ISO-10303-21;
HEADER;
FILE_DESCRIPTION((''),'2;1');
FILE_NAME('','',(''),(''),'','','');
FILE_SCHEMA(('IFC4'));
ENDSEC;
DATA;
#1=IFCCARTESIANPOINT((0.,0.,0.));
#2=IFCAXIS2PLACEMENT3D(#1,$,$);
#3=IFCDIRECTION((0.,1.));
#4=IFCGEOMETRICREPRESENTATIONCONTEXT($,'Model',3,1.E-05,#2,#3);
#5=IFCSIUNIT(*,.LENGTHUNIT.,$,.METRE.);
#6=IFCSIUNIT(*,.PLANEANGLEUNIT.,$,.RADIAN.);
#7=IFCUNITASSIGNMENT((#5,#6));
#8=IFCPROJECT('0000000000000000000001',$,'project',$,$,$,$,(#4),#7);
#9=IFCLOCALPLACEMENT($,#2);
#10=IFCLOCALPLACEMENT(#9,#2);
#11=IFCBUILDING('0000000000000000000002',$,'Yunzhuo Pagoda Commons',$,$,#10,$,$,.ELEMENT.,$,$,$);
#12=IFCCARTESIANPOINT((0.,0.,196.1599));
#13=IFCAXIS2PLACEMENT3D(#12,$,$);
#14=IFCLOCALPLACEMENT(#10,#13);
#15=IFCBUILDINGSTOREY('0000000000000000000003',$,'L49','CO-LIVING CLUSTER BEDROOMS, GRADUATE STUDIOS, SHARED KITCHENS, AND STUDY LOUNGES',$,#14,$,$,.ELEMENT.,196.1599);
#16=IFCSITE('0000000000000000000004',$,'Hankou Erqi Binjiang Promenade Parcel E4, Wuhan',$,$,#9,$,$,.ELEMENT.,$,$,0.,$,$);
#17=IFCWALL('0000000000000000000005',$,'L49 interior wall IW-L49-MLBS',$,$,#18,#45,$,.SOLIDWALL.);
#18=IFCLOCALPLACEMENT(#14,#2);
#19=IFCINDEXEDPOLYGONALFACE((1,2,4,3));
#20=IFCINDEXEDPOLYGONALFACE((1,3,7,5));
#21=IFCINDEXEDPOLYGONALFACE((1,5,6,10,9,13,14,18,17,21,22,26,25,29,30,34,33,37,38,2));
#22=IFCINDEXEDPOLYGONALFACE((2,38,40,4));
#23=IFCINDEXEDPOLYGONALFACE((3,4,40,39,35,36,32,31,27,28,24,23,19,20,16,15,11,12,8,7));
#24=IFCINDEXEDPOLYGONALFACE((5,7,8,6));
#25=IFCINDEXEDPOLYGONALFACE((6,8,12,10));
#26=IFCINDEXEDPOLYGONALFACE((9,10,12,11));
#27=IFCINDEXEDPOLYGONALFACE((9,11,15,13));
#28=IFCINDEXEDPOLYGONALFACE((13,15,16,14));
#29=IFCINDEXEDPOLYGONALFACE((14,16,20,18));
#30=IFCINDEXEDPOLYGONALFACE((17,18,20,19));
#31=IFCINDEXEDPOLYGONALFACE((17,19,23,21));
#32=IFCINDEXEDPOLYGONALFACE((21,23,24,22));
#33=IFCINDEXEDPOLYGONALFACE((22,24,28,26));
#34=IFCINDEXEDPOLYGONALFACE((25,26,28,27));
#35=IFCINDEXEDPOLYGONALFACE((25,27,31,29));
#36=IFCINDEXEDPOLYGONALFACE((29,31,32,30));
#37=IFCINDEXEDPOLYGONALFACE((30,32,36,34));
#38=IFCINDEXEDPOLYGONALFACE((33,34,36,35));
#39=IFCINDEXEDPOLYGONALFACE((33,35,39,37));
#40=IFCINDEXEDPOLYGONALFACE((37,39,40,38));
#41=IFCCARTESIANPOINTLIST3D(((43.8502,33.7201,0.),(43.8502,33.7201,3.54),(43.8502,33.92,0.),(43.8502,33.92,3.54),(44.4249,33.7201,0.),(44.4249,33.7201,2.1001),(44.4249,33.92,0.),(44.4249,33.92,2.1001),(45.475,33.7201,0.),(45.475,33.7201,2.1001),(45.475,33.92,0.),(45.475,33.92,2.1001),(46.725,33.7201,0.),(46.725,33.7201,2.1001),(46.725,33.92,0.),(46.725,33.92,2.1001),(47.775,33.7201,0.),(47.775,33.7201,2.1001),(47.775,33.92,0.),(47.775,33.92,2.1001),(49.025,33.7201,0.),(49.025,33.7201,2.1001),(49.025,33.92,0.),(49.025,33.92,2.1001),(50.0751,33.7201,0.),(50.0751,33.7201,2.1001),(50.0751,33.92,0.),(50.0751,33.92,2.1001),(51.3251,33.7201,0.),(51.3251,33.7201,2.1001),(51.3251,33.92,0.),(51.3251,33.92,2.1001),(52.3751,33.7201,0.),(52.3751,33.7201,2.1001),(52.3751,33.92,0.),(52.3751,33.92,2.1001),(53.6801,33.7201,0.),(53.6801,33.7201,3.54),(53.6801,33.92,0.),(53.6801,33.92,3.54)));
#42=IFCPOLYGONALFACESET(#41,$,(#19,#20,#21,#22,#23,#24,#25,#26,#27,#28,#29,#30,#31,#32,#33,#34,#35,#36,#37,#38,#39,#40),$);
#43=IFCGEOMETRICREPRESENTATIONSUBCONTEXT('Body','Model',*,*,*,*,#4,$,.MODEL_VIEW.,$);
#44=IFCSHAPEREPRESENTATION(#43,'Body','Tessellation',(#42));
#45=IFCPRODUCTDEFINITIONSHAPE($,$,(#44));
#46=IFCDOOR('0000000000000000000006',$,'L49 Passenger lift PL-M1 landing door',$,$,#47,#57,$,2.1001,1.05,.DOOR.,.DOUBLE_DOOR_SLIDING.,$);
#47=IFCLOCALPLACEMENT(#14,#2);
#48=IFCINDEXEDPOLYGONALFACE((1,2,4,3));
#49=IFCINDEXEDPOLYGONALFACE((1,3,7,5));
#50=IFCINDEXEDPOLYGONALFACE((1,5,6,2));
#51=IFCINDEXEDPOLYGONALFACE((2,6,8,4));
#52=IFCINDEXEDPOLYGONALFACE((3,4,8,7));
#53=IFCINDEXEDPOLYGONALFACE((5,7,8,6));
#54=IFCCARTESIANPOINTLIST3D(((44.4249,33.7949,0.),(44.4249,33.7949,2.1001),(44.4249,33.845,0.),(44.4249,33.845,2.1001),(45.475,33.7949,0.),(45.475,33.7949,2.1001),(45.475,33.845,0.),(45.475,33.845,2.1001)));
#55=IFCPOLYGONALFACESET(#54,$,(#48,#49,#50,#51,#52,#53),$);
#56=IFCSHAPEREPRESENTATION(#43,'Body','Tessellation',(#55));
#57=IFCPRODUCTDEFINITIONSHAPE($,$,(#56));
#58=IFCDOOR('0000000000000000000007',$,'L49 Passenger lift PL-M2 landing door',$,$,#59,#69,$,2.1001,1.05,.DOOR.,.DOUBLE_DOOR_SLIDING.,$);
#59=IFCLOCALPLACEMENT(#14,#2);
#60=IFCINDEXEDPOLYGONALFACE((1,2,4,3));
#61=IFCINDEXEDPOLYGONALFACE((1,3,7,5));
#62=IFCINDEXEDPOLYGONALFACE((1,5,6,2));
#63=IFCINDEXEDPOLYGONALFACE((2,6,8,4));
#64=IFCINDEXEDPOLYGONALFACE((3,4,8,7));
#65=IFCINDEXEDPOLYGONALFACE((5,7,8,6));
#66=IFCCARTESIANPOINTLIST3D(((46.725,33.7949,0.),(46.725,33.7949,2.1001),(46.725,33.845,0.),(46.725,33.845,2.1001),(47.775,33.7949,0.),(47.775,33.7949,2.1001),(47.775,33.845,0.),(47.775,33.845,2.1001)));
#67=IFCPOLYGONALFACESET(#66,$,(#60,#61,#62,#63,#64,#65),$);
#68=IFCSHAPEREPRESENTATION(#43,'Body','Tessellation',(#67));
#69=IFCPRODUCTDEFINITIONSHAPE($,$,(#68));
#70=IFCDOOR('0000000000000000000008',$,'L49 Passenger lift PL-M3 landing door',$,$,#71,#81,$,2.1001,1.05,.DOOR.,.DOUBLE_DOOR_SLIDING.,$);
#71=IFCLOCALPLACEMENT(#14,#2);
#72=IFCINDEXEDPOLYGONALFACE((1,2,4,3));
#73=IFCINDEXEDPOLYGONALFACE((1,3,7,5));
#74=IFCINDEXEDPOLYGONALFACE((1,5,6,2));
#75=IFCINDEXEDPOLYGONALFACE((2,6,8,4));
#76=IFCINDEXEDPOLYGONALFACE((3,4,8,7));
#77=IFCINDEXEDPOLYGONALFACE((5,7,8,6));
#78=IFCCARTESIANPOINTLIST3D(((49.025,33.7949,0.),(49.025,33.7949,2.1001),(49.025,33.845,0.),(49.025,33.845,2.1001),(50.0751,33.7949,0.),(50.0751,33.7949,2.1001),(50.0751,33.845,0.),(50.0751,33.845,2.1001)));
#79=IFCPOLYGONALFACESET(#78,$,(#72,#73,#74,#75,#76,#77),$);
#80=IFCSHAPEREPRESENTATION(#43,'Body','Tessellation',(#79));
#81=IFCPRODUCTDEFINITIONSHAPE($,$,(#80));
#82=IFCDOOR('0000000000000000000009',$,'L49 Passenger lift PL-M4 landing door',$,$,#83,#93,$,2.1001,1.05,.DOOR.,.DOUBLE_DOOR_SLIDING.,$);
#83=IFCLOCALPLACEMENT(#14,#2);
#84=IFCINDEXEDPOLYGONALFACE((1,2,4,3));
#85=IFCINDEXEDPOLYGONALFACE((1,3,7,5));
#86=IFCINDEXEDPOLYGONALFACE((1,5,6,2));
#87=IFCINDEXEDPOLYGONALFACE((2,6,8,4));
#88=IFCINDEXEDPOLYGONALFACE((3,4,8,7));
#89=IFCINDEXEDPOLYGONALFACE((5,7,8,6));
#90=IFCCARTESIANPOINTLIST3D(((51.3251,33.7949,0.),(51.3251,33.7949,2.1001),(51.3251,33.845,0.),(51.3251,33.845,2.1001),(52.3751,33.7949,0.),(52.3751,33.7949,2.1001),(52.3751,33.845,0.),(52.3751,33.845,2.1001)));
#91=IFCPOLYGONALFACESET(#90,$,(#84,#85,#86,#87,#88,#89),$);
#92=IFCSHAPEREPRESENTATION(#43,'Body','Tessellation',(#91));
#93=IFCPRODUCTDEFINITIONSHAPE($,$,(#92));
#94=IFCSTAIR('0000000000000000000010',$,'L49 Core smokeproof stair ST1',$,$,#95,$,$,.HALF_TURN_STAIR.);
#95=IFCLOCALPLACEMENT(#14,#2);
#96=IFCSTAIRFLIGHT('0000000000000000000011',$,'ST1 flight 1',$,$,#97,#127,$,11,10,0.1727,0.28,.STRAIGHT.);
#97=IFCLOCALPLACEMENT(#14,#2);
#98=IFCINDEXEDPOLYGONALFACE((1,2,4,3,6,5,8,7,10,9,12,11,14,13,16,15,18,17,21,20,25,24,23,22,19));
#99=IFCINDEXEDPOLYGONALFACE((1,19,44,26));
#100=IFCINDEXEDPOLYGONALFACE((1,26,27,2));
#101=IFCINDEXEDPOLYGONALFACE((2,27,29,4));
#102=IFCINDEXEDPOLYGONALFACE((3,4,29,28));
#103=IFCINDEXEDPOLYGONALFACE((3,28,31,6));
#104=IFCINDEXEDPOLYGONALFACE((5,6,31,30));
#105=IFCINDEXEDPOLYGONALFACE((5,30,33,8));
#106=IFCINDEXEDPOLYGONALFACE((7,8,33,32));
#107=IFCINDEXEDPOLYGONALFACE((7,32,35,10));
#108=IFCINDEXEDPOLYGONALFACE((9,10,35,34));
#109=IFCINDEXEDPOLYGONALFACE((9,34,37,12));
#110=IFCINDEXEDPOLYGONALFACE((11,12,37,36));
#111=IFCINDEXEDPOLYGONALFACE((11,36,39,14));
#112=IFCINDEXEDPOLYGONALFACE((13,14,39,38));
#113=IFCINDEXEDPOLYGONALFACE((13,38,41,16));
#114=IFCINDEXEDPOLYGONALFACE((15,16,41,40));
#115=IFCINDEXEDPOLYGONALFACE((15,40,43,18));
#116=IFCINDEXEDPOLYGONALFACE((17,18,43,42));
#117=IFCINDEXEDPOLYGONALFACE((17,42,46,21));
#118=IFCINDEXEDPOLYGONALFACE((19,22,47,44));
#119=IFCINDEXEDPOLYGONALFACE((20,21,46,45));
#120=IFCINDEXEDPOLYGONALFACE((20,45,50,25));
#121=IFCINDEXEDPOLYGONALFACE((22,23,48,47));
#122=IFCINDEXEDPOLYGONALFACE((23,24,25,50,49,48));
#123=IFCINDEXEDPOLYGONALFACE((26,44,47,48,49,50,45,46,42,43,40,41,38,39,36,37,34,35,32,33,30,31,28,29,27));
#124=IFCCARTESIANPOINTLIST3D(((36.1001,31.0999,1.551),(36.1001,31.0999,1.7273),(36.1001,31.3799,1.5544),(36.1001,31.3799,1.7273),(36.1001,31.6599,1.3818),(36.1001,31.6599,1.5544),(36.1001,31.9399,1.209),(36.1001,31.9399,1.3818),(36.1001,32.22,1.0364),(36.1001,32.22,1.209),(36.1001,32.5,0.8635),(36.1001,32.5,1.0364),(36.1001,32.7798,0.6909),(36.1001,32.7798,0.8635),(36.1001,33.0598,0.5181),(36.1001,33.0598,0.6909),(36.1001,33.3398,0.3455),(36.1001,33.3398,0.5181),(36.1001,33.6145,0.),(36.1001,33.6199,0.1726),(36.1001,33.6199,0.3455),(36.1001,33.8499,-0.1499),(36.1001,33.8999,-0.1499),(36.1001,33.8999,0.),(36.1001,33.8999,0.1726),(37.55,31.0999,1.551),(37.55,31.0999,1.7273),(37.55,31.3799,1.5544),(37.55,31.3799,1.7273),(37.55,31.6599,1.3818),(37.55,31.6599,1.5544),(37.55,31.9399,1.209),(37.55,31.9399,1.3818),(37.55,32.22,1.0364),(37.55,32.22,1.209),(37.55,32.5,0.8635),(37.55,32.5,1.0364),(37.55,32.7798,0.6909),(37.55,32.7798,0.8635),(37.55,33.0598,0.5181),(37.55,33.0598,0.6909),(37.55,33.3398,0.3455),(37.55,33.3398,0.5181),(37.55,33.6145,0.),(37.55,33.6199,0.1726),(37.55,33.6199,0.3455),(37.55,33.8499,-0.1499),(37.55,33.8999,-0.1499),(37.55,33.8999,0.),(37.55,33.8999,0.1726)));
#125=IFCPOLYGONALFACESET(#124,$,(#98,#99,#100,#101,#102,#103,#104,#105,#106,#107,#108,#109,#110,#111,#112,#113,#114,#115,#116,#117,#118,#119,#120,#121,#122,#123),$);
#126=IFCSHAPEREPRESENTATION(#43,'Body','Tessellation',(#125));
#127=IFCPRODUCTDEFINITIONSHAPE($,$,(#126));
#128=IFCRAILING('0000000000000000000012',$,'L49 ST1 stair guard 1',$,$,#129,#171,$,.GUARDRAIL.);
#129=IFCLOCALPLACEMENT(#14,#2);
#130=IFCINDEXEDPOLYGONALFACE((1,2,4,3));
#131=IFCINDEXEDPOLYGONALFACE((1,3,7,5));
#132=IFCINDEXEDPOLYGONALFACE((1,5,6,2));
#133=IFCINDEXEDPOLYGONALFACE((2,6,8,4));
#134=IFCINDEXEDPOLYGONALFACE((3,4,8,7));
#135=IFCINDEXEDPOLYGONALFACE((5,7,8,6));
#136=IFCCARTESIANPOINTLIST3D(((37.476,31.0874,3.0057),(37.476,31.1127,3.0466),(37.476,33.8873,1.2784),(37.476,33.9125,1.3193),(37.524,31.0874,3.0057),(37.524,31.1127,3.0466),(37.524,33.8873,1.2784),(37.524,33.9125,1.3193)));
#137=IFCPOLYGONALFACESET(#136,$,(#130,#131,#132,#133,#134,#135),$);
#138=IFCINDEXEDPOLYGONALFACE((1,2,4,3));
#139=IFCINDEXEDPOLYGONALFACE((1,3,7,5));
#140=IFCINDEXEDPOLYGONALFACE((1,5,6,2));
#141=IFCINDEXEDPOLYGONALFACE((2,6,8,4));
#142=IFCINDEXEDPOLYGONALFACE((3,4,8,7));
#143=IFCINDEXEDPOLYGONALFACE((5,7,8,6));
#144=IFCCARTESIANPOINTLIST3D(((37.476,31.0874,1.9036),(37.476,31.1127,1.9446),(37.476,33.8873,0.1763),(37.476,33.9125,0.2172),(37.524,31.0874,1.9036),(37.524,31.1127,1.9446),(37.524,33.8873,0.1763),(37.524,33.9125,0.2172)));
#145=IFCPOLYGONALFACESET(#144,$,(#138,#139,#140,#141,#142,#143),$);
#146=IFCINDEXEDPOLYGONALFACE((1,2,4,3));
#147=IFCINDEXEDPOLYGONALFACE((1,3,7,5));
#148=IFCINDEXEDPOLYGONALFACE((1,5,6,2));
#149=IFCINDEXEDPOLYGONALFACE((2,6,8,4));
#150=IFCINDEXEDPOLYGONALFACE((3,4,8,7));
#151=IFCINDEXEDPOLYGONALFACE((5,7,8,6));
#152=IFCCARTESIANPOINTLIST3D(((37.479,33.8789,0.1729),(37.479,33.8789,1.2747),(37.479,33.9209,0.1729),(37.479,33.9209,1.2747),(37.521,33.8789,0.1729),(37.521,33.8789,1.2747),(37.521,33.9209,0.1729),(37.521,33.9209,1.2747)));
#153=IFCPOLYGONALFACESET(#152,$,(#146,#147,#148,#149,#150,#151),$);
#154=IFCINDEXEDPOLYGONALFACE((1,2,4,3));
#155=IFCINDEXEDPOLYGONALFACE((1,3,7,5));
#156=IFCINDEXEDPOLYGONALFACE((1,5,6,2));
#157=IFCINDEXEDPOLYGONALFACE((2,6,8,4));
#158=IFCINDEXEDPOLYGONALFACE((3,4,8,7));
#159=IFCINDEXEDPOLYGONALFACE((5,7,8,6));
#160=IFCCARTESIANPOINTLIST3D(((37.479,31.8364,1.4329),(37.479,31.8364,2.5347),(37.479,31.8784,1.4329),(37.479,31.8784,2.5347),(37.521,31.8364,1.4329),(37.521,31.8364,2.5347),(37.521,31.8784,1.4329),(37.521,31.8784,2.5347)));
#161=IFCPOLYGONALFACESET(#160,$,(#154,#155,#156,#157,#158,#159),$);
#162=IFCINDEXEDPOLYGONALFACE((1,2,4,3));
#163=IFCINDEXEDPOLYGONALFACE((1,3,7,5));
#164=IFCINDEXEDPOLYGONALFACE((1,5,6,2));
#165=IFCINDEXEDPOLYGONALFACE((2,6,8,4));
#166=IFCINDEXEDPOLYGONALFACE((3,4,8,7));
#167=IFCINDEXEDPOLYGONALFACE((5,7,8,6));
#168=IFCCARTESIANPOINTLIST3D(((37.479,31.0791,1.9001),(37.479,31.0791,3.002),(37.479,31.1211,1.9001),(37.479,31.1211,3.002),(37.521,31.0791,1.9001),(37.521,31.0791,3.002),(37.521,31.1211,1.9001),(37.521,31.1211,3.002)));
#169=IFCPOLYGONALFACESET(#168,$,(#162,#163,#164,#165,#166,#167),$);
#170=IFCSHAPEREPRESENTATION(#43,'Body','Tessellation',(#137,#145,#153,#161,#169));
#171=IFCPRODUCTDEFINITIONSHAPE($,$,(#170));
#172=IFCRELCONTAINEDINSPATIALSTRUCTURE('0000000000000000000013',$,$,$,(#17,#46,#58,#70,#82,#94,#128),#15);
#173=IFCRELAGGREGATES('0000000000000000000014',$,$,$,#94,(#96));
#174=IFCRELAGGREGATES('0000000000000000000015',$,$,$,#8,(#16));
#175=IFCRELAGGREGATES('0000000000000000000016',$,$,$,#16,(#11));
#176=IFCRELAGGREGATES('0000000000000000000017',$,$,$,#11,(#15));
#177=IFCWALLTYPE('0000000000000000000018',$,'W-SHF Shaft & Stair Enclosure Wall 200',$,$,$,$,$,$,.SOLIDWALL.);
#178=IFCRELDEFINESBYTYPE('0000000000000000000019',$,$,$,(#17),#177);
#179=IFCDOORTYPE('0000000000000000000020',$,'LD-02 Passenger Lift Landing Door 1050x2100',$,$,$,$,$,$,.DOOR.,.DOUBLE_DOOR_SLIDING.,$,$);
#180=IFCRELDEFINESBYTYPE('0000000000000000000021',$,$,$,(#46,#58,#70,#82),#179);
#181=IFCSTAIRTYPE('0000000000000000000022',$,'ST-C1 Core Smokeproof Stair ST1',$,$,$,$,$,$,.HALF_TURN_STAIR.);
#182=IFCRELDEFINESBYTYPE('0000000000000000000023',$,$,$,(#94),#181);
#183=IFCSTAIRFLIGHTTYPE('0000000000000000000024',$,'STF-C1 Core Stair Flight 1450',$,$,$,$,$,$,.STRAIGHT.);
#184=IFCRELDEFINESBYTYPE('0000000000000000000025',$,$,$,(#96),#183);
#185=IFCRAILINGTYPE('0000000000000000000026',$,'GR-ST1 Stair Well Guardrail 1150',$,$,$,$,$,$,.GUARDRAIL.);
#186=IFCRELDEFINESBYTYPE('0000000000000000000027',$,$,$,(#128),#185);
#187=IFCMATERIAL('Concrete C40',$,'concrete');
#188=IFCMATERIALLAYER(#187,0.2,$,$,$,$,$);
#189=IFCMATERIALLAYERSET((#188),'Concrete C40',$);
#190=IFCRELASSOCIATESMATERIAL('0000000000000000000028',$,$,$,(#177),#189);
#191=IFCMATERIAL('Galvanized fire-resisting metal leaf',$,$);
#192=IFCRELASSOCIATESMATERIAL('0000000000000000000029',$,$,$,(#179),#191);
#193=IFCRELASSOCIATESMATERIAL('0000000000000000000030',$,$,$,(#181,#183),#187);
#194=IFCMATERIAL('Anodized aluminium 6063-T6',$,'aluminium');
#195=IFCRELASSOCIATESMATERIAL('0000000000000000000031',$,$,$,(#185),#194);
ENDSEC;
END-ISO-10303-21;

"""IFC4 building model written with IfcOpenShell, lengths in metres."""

from ifc_helpers import new_model, si_unit, direction, frame, frame_2d, origin, origin_with_axes, origin_2d, place, context, subcontext, project, spatial, polyline, rectangle, outline, extrude, source, transform, mapped, material, layer, layer_set, type_object, element, fill, aggregate, save


model = new_model("IFC4")

# Units and contexts
model_context = context("Model", 3, precision=1e-05, world=origin(), true_north=direction((0.0, 1.0)))
body_context = subcontext(model_context, "Body", "Model", "MODEL_VIEW")
ifc_project = project(units=[si_unit("LENGTHUNIT", "METRE"), si_unit("PLANEANGLEUNIT", "RADIAN")], contexts=[model_context])

# Site, building, storey
site_placement = place(None, origin())
site = spatial("IfcSite", under=ifc_project, at=site_placement, Name="Hankou Erqi Binjiang Promenade Parcel E4, Wuhan", CompositionType="ELEMENT", RefElevation=0.0)
building_placement = place(site_placement, origin())
building = spatial("IfcBuilding", under=site, at=building_placement, Name="Yunzhuo Pagoda Commons", CompositionType="ELEMENT")
storey_placement = place(building_placement, frame((0.0, 0.0, 196.1599)))
storey = spatial("IfcBuildingStorey", under=building, at=storey_placement, Name="L49", Description="CO-LIVING CLUSTER BEDROOMS, GRADUATE STUDIOS, SHARED KITCHENS, AND STUDY LOUNGES", CompositionType="ELEMENT", Elevation=196.1599)

# Shared definitions
ifc_material_1 = material(Name="Galvanized fire-resisting metal leaf")
shared_shape_1 = source(origin(), body_context, "Body", "SweptSolid", [
    extrude(rectangle(XDim=1.05, YDim=2.1001, at=frame_2d((0.5249, 1.05))), frame((0.0, 0.0249, 0.0), z_axis=(0.0, -1.0, 0.0), x_axis=(1.0, 0.0, 0.0)), (0.0, 0.0, 1.0), 0.05),
])
ifc_material_2 = material(Name="Concrete C40", Category="concrete")
ifc_layer_1 = layer(ifc_material_2, 0.2)
ifc_layer_set_1 = layer_set([ifc_layer_1], Name="Concrete C40")
wall_type_1 = type_object("IfcWallType", Name="W-SHF Shaft & Stair Enclosure Wall 200", PredefinedType="SOLIDWALL", material=ifc_layer_set_1)
door_type_1 = type_object("IfcDoorType", Name="LD-02 Passenger Lift Landing Door 1050x2100", OperationType="DOUBLE_DOOR_SLIDING", PredefinedType="DOOR", material=ifc_material_1)

# Wall, openings, doors
wall_1_placement = place(storey_placement, frame((43.8501, 33.8201, 0.0), z_axis=(0.0, 0.0, 1.0), x_axis=(1.0, 0.0, 0.0)))
wall_1 = element("IfcWall", 1, at=wall_1_placement, inside=storey, type_object=wall_type_1, Name="L49 interior wall IW-L49-MLBS", PredefinedType="SOLIDWALL", context=body_context, shape_type="SweptSolid", body=[
    extrude(rectangle(XDim=9.8298, YDim=0.2, at=frame_2d((4.915, 0.0))), origin(), (0.0, 0.0, 1.0), 3.54),
])
opening_1_placement = place(wall_1_placement, frame((0.575, 0.0, 0.0)))
opening_1 = element("IfcOpeningElement", 2, at=opening_1_placement, cuts=wall_1, PredefinedType="OPENING", context=body_context, shape_type="SweptSolid", body=[
    extrude(rectangle(XDim=1.05, YDim=2.1001, at=frame_2d((0.5249, 1.05))), frame((0.0, 0.1099, 0.0), z_axis=(0.0, -1.0, 0.0), x_axis=(1.0, 0.0, 0.0)), (0.0, 0.0, 1.0), 0.22),
])
opening_2_placement = place(wall_1_placement, frame((2.875, 0.0, 0.0)))
opening_2 = element("IfcOpeningElement", 3, at=opening_2_placement, cuts=wall_1, PredefinedType="OPENING", context=body_context, shape_type="SweptSolid", body=[
    extrude(rectangle(XDim=1.05, YDim=2.1001, at=frame_2d((0.5249, 1.05))), frame((0.0, 0.1099, 0.0), z_axis=(0.0, -1.0, 0.0), x_axis=(1.0, 0.0, 0.0)), (0.0, 0.0, 1.0), 0.22),
])
opening_3_placement = place(wall_1_placement, frame((5.175, 0.0, 0.0)))
opening_3 = element("IfcOpeningElement", 4, at=opening_3_placement, cuts=wall_1, PredefinedType="OPENING", context=body_context, shape_type="SweptSolid", body=[
    extrude(rectangle(XDim=1.05, YDim=2.1001, at=frame_2d((0.5249, 1.05))), frame((0.0, 0.1099, 0.0), z_axis=(0.0, -1.0, 0.0), x_axis=(1.0, 0.0, 0.0)), (0.0, 0.0, 1.0), 0.22),
])
opening_4_placement = place(wall_1_placement, frame((7.4751, 0.0, 0.0)))
opening_4 = element("IfcOpeningElement", 5, at=opening_4_placement, cuts=wall_1, PredefinedType="OPENING", context=body_context, shape_type="SweptSolid", body=[
    extrude(rectangle(XDim=1.05, YDim=2.1001, at=frame_2d((0.5249, 1.05))), frame((0.0, 0.1099, 0.0), z_axis=(0.0, -1.0, 0.0), x_axis=(1.0, 0.0, 0.0)), (0.0, 0.0, 1.0), 0.22),
])
door_1_placement = place(opening_1_placement, origin_with_axes())
door_1 = element("IfcDoor", 6, at=door_1_placement, inside=storey, type_object=door_type_1, Name="L49 Passenger lift PL-M1 landing door", OperationType="DOUBLE_DOOR_SLIDING", OverallHeight=2.1001, OverallWidth=1.05, PredefinedType="DOOR", context=body_context, shape_type="MappedRepresentation", body=[
    mapped(shared_shape_1, transform((0.0, 0.0, 0.0), scale=1.0)),
])
fill(opening_1, door_1)
door_2_placement = place(opening_2_placement, origin_with_axes())
door_2 = element("IfcDoor", 7, at=door_2_placement, inside=storey, type_object=door_type_1, Name="L49 Passenger lift PL-M2 landing door", OperationType="DOUBLE_DOOR_SLIDING", OverallHeight=2.1001, OverallWidth=1.05, PredefinedType="DOOR", context=body_context, shape_type="MappedRepresentation", body=[
    mapped(shared_shape_1, transform((0.0, 0.0, 0.0), scale=1.0)),
])
fill(opening_2, door_2)
door_3_placement = place(opening_3_placement, origin_with_axes())
door_3 = element("IfcDoor", 8, at=door_3_placement, inside=storey, type_object=door_type_1, Name="L49 Passenger lift PL-M3 landing door", OperationType="DOUBLE_DOOR_SLIDING", OverallHeight=2.1001, OverallWidth=1.05, PredefinedType="DOOR", context=body_context, shape_type="MappedRepresentation", body=[
    mapped(shared_shape_1, transform((0.0, 0.0, 0.0), scale=1.0)),
])
fill(opening_3, door_3)
door_4_placement = place(opening_4_placement, origin_with_axes())
door_4 = element("IfcDoor", 9, at=door_4_placement, inside=storey, type_object=door_type_1, Name="L49 Passenger lift PL-M4 landing door", OperationType="DOUBLE_DOOR_SLIDING", OverallHeight=2.1001, OverallWidth=1.05, PredefinedType="DOOR", context=body_context, shape_type="MappedRepresentation", body=[
    mapped(shared_shape_1, transform((0.0, 0.0, 0.0), scale=1.0)),
])
fill(opening_4, door_4)

# Stair, stair flight
stair_type = type_object("IfcStairType", Name="ST-C1 Core Smokeproof Stair ST1", PredefinedType="HALF_TURN_STAIR", material=ifc_material_2)
stair_placement = place(storey_placement, origin())
stair = element("IfcStair", 10, at=stair_placement, inside=storey, type_object=stair_type, Name="L49 Core smokeproof stair ST1", PredefinedType="HALF_TURN_STAIR")
stair_flight_type = type_object("IfcStairFlightType", Name="STF-C1 Core Stair Flight 1450", PredefinedType="STRAIGHT", material=ifc_material_2)
shared_shape_2 = source(origin(), body_context, "Body", "SweptSolid", [
    extrude(outline(polyline([(0.0, -0.1499), (0.0, 0.0), (0.0, 0.1726), (0.28, 0.1726), (0.28, 0.3455), (0.5601, 0.3455), (0.5601, 0.5181), (0.8401, 0.5181), (0.8401, 0.6909), (1.1201, 0.6909), (1.1201, 0.8635), (1.3999, 0.8635), (1.3999, 1.0364), (1.6799, 1.0364), (1.6799, 1.209), (1.96, 1.209), (1.96, 1.3818), (2.24, 1.3818), (2.24, 1.5544), (2.52, 1.5544), (2.52, 1.7273), (2.8, 1.7273), (2.8, 1.8999), (2.8, 1.551), (0.2854, 0.0), (0.05, -0.1499), (0.0, -0.1499)])), frame((0.0, 0.7251, 0.0), z_axis=(0.0, -1.0, 0.0), x_axis=(1.0, 0.0, 0.0)), (0.0, 0.0, 1.0), 1.45),
])
stair_flight_placement = place(storey_placement, frame((36.825, 33.8999, 0.0), z_axis=(0.0, 0.0, 1.0), x_axis=(0.0, -1.0, 0.0)))
stair_flight = element("IfcStairFlight", 11, at=stair_flight_placement, type_object=stair_flight_type, Name="ST1 flight 1", NumberOfRisers=11, NumberOfTreads=10, PredefinedType="STRAIGHT", RiserHeight=0.1727, TreadLength=0.28, context=body_context, shape_type="MappedRepresentation", body=[
    mapped(shared_shape_2, transform((0.0, 0.0, 0.0), scale=1.0)),
])
aggregate(stair, [stair_flight])

# Railing
ifc_material_3 = material(Name="Anodized aluminium 6063-T6", Category="aluminium")
railing_type_1 = type_object("IfcRailingType", Name="GR-ST1 Stair Well Guardrail 1150", PredefinedType="GUARDRAIL", material=ifc_material_3)
railing_1_placement = place(storey_placement, frame((37.5, 33.8999, 0.1729)))
element("IfcRailing", 12, at=railing_1_placement, inside=storey, type_object=railing_type_1, Name="L49 ST1 stair guard 1", PredefinedType="GUARDRAIL", context=body_context, shape_type="SweptSolid", body=[
    extrude(rectangle(XDim=0.0481, YDim=0.0481, at=origin_2d()), frame((0.0, 0.0, 1.126), z_axis=(0.0, -0.851069, 0.525054), x_axis=(1.0, 0.0, 0.0)), (0.0, 0.0, 1.0), 3.2898),
    extrude(rectangle(XDim=0.0481, YDim=0.0481, at=origin_2d()), frame((0.0, 0.0, 0.0239), z_axis=(0.0, -0.851069, 0.525054), x_axis=(1.0, 0.0, 0.0)), (0.0, 0.0, 1.0), 3.2898),
    extrude(rectangle(XDim=0.042, YDim=0.042, at=origin_2d()), origin(), (0.0, 0.0, 1.0), 1.1018),
    extrude(rectangle(XDim=0.042, YDim=0.042, at=origin_2d()), frame((0.0, -2.0425, 1.26)), (0.0, 0.0, 1.0), 1.1018),
    extrude(rectangle(XDim=0.042, YDim=0.042, at=origin_2d()), frame((0.0, -2.7998, 1.7273)), (0.0, 0.0, 1.0), 1.1018),
])

save(model, "model.ifc")
